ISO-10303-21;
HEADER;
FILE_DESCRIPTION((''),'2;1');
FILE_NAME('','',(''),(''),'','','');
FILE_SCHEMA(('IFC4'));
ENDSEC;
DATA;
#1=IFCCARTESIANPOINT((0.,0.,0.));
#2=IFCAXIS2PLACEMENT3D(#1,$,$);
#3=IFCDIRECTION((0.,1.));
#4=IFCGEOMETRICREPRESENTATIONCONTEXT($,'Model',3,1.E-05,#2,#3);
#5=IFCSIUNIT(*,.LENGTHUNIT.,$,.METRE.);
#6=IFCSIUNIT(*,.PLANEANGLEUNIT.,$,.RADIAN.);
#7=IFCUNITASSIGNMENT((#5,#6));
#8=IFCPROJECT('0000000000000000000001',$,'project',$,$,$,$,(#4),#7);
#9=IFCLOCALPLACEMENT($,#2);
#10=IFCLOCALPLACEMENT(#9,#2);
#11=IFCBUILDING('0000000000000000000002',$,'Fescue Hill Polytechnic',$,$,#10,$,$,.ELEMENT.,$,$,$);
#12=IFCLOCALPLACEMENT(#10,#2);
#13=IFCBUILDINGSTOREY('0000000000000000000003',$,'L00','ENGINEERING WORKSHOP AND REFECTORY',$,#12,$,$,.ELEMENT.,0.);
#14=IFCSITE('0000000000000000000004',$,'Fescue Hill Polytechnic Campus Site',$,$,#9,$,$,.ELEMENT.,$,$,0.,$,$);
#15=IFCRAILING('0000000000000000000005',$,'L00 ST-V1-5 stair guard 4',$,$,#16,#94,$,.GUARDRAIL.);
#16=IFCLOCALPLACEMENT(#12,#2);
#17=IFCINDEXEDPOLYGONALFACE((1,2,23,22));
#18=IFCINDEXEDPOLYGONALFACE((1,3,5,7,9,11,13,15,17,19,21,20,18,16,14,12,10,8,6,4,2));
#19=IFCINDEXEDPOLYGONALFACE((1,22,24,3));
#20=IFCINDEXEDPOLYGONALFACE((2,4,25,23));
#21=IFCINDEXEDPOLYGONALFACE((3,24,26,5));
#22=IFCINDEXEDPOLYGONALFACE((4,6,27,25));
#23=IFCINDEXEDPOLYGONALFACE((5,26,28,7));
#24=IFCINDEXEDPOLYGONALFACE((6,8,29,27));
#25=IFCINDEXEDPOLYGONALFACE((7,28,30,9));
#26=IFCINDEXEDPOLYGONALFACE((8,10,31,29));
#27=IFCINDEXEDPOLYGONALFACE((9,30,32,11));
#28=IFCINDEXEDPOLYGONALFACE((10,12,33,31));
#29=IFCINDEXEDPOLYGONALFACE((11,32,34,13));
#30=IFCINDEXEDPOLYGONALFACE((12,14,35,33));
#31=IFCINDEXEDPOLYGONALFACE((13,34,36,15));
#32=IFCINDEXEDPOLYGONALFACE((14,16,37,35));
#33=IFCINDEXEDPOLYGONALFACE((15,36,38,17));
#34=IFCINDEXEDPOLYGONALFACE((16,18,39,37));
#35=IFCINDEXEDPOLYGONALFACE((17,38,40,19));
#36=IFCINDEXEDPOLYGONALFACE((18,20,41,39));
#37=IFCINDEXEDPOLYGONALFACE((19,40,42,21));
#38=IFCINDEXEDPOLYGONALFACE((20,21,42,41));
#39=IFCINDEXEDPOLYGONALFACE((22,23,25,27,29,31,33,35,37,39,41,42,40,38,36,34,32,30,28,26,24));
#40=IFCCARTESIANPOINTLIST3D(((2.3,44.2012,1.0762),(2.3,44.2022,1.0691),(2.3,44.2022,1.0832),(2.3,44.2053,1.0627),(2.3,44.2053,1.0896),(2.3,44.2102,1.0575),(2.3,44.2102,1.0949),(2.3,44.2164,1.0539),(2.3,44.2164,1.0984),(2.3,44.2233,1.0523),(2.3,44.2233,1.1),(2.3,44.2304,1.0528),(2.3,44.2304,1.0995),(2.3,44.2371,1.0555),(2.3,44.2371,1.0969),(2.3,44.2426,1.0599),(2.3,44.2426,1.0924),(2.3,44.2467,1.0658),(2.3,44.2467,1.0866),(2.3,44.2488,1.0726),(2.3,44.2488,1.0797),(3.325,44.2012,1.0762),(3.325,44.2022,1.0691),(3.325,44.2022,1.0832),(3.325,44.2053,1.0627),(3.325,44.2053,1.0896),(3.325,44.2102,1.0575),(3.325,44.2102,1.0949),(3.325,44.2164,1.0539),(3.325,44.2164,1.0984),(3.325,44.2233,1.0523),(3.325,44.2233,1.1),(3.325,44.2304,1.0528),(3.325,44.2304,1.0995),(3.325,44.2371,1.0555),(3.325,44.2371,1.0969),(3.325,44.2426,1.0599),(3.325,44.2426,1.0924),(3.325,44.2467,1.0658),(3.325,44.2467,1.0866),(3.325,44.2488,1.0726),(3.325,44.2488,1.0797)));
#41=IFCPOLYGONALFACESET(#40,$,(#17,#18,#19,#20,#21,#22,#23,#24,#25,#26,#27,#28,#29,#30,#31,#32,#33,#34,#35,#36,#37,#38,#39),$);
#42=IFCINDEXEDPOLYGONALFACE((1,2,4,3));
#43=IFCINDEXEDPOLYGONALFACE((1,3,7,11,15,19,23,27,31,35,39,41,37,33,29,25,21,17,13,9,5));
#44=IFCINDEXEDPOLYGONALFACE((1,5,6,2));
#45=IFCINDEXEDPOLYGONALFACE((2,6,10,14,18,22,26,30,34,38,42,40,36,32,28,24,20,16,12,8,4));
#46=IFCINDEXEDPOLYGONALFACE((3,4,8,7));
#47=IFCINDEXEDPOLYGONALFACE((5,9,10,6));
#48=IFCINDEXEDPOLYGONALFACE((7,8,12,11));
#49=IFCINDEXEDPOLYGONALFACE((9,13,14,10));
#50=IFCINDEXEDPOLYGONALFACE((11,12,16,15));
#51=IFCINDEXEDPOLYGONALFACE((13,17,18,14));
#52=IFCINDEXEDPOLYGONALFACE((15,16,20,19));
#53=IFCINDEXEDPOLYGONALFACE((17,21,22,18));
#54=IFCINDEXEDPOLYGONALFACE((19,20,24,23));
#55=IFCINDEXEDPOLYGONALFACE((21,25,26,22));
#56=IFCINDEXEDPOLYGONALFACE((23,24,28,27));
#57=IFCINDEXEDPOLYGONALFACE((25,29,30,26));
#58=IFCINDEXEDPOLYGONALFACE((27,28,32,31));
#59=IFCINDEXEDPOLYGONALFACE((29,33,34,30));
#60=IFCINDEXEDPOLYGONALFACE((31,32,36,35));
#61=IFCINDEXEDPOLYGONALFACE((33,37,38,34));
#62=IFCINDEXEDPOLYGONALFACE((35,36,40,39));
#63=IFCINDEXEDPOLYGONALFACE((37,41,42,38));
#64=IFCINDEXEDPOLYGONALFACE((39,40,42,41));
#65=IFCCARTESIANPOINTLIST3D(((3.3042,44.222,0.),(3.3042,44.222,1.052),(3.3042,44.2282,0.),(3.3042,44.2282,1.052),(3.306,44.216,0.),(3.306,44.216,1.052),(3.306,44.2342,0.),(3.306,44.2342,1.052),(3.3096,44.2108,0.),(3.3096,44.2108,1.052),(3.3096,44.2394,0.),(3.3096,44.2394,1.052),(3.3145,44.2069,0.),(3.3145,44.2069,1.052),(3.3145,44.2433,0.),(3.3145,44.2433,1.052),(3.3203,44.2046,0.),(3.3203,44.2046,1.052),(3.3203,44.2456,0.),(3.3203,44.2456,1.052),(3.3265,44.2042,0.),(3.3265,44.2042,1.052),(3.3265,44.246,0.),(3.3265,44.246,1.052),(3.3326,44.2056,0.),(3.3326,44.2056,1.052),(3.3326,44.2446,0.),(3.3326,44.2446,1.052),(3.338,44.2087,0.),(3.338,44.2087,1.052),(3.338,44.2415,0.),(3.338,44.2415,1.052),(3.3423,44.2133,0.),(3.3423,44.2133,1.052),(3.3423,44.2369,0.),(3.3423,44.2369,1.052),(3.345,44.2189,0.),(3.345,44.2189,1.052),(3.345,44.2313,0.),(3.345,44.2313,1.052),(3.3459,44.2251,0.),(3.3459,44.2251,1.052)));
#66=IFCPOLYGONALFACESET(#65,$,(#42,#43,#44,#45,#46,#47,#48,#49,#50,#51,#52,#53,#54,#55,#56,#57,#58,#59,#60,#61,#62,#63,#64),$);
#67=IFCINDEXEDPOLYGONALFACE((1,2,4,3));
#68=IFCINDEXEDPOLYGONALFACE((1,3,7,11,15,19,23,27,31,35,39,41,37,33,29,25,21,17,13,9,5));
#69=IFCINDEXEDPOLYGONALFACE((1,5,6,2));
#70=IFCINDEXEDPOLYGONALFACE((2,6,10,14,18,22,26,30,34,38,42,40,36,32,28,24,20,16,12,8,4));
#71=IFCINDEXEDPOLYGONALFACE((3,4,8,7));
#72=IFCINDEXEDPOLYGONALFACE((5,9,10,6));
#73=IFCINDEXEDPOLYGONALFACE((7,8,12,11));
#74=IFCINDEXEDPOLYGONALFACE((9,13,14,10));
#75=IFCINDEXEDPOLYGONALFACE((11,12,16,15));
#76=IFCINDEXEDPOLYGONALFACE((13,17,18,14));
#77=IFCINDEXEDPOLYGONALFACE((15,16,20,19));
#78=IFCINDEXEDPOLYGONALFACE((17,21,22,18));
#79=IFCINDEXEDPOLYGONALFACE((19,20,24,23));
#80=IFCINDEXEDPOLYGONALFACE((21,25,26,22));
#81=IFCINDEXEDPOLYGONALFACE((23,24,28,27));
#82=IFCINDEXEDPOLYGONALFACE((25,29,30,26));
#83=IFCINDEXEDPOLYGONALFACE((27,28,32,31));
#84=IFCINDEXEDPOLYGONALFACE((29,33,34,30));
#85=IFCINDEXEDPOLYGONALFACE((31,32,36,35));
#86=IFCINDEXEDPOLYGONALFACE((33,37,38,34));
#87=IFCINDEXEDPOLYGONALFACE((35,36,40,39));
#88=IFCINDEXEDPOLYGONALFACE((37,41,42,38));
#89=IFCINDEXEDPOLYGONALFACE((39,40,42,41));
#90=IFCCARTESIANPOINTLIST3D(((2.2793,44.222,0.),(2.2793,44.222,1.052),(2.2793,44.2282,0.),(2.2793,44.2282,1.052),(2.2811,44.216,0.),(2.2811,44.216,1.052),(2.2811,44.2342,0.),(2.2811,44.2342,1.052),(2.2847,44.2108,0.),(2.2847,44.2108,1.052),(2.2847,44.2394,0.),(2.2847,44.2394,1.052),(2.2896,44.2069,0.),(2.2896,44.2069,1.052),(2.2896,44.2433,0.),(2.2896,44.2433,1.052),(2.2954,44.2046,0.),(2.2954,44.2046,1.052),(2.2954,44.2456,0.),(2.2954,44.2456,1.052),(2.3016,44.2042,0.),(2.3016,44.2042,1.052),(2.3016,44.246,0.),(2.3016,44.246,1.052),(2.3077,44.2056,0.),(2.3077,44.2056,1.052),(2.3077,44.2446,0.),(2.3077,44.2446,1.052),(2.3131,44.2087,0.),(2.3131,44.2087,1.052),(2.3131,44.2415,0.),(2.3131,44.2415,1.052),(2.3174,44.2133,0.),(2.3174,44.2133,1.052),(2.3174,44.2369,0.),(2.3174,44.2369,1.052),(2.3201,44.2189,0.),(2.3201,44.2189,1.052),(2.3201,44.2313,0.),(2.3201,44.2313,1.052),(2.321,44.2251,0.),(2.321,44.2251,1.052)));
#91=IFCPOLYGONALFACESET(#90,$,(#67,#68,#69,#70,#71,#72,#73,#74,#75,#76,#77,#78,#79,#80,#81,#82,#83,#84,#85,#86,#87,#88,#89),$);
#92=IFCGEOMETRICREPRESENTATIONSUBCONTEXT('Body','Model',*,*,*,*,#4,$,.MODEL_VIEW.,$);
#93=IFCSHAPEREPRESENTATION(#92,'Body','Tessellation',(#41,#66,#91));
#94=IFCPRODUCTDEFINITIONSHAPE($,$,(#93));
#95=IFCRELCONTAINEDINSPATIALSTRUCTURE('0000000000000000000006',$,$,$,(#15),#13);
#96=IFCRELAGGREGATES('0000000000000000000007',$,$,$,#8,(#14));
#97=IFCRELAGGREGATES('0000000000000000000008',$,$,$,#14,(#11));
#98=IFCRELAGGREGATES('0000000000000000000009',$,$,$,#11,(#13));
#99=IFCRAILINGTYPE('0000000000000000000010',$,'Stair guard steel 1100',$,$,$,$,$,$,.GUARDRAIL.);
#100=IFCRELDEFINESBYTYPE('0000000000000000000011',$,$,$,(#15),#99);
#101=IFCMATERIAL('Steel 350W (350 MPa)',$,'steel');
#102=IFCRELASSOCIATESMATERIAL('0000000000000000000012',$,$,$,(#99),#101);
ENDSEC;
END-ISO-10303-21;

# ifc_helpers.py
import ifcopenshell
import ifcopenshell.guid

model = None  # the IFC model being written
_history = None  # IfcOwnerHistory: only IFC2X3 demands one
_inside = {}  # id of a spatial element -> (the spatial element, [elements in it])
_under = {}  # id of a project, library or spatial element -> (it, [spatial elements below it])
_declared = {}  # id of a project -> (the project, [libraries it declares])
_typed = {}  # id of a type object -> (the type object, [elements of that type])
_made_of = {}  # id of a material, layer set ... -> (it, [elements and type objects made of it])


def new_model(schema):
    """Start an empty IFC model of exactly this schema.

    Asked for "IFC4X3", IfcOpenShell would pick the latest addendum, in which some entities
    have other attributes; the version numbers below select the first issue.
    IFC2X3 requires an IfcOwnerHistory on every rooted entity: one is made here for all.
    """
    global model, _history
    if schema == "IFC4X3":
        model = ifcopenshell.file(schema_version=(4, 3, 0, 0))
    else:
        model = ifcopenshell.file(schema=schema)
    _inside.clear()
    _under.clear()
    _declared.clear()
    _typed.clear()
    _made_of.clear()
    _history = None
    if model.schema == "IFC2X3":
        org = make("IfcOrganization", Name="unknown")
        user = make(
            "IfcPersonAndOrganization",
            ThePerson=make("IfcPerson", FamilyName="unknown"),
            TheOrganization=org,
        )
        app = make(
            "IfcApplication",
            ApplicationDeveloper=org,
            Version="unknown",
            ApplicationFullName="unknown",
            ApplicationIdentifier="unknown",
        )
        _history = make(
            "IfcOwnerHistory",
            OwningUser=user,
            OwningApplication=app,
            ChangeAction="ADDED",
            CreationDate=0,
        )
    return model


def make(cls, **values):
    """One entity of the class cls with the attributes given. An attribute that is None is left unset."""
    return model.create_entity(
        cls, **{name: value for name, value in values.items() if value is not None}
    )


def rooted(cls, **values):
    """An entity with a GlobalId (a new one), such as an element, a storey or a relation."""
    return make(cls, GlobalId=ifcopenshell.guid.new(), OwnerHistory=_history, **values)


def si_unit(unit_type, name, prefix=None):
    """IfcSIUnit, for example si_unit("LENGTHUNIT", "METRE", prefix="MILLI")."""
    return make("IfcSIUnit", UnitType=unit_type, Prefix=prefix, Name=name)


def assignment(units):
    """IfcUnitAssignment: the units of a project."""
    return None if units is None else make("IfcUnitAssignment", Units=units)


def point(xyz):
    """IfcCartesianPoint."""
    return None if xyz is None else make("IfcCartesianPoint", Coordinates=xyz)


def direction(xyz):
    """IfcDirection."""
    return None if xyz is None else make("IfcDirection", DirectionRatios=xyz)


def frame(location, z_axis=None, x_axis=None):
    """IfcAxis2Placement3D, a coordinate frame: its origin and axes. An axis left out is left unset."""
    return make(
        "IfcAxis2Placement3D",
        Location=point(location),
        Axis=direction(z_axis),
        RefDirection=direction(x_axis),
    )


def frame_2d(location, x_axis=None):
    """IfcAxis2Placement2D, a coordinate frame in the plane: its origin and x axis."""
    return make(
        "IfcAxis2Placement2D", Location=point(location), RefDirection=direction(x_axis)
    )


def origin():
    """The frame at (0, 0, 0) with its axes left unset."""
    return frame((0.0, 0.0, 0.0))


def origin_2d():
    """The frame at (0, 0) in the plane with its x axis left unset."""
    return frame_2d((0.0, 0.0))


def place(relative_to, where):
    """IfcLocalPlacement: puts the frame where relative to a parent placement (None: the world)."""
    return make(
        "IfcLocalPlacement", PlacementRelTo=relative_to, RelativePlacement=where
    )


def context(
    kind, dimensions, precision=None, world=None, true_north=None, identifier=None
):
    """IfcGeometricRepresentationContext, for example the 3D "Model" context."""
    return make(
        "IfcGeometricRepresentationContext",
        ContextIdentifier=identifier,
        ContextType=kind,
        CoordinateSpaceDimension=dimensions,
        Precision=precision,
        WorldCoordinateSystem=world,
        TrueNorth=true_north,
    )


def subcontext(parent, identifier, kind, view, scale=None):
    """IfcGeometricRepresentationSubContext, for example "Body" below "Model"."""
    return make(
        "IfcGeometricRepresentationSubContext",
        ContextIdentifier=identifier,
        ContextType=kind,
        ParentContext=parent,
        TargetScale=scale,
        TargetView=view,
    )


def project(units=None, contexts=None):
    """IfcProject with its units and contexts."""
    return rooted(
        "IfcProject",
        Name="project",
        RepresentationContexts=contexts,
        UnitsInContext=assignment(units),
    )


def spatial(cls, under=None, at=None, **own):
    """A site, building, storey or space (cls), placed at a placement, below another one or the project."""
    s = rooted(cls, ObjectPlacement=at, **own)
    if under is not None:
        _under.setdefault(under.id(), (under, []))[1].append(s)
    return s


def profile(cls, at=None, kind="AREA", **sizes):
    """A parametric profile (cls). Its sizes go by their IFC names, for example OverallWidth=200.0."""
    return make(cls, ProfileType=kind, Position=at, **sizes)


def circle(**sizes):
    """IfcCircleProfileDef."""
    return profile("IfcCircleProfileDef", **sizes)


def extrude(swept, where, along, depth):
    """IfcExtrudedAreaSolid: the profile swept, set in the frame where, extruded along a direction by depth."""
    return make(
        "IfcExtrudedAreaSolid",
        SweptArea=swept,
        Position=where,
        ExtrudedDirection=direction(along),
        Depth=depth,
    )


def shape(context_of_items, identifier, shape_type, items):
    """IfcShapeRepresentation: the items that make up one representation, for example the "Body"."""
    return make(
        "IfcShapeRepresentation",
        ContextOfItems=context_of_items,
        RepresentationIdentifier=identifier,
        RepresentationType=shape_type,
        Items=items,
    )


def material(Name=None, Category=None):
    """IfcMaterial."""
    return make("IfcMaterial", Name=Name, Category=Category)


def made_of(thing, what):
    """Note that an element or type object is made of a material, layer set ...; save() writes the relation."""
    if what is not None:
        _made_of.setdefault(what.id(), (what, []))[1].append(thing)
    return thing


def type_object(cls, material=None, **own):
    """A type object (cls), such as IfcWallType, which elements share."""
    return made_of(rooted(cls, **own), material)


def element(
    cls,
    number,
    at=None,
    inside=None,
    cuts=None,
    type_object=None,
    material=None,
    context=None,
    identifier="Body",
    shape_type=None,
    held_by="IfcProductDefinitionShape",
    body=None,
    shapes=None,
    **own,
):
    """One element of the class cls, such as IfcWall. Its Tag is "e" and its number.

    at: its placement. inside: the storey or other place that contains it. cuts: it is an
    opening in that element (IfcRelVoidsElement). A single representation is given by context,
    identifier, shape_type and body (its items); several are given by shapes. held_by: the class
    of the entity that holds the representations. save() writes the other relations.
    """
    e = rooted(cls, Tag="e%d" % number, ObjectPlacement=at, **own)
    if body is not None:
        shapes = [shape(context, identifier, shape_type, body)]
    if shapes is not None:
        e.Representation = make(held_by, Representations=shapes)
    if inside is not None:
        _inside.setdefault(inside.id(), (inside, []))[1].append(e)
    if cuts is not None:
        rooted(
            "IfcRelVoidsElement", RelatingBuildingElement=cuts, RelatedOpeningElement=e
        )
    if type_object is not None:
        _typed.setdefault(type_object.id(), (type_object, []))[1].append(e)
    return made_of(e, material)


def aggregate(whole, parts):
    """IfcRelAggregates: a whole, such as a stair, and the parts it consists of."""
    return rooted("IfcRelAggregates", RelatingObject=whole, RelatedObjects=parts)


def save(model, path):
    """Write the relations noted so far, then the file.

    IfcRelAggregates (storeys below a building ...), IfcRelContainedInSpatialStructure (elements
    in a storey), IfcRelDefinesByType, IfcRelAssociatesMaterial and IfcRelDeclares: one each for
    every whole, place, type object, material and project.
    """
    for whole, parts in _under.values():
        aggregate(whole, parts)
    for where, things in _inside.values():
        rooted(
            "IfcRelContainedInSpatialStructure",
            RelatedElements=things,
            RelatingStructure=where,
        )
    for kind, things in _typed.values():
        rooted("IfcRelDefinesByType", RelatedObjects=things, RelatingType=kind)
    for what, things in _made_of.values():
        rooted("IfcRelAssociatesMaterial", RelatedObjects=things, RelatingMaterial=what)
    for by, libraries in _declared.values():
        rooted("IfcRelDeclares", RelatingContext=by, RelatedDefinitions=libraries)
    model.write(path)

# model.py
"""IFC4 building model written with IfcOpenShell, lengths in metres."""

from ifc_helpers import new_model, si_unit, direction, frame, origin, origin_2d, place, context, subcontext, project, spatial, circle, extrude, material, type_object, element, save


model = new_model("IFC4")

# Units and contexts
model_context = context("Model", 3, precision=1e-05, world=origin(), true_north=direction((0.0, 1.0)))
body_context = subcontext(model_context, "Body", "Model", "MODEL_VIEW")
ifc_project = project(units=[si_unit("LENGTHUNIT", "METRE"), si_unit("PLANEANGLEUNIT", "RADIAN")], contexts=[model_context])

# Site, building, storey
site_placement = place(None, origin())
site = spatial("IfcSite", under=ifc_project, at=site_placement, Name="Fescue Hill Polytechnic Campus Site", CompositionType="ELEMENT", RefElevation=0.0)
building_placement = place(site_placement, origin())
building = spatial("IfcBuilding", under=site, at=building_placement, Name="Fescue Hill Polytechnic", CompositionType="ELEMENT")
storey_placement = place(building_placement, origin())
storey = spatial("IfcBuildingStorey", under=building, at=storey_placement, Name="L00", Description="ENGINEERING WORKSHOP AND REFECTORY", CompositionType="ELEMENT", Elevation=0.0)

# Railing
ifc_material_1 = material(Name="Steel 350W (350 MPa)", Category="steel")
railing_type_1 = type_object("IfcRailingType", Name="Stair guard steel 1100", PredefinedType="GUARDRAIL", material=ifc_material_1)
railing_1_placement = place(storey_placement, frame((3.325, 44.2251, 0.0)))
element("IfcRailing", 1, at=railing_1_placement, inside=storey, type_object=railing_type_1, Name="L00 ST-V1-5 stair guard 4", PredefinedType="GUARDRAIL", context=body_context, shape_type="SweptSolid", body=[
    extrude(circle(Radius=0.0239, at=origin_2d()), frame((0.0, 0.0, 1.0762), z_axis=(-1.0, 0.0, 0.0), x_axis=(0.0, -1.0, 0.0)), (0.0, 0.0, 1.0), 1.0249),
    extrude(circle(Radius=0.021, at=origin_2d()), origin(), (0.0, 0.0, 1.0), 1.052),
    extrude(circle(Radius=0.021, at=origin_2d()), frame((-1.0249, 0.0, 0.0)), (0.0, 0.0, 1.0), 1.052),
])

save(model, "model.ifc")
